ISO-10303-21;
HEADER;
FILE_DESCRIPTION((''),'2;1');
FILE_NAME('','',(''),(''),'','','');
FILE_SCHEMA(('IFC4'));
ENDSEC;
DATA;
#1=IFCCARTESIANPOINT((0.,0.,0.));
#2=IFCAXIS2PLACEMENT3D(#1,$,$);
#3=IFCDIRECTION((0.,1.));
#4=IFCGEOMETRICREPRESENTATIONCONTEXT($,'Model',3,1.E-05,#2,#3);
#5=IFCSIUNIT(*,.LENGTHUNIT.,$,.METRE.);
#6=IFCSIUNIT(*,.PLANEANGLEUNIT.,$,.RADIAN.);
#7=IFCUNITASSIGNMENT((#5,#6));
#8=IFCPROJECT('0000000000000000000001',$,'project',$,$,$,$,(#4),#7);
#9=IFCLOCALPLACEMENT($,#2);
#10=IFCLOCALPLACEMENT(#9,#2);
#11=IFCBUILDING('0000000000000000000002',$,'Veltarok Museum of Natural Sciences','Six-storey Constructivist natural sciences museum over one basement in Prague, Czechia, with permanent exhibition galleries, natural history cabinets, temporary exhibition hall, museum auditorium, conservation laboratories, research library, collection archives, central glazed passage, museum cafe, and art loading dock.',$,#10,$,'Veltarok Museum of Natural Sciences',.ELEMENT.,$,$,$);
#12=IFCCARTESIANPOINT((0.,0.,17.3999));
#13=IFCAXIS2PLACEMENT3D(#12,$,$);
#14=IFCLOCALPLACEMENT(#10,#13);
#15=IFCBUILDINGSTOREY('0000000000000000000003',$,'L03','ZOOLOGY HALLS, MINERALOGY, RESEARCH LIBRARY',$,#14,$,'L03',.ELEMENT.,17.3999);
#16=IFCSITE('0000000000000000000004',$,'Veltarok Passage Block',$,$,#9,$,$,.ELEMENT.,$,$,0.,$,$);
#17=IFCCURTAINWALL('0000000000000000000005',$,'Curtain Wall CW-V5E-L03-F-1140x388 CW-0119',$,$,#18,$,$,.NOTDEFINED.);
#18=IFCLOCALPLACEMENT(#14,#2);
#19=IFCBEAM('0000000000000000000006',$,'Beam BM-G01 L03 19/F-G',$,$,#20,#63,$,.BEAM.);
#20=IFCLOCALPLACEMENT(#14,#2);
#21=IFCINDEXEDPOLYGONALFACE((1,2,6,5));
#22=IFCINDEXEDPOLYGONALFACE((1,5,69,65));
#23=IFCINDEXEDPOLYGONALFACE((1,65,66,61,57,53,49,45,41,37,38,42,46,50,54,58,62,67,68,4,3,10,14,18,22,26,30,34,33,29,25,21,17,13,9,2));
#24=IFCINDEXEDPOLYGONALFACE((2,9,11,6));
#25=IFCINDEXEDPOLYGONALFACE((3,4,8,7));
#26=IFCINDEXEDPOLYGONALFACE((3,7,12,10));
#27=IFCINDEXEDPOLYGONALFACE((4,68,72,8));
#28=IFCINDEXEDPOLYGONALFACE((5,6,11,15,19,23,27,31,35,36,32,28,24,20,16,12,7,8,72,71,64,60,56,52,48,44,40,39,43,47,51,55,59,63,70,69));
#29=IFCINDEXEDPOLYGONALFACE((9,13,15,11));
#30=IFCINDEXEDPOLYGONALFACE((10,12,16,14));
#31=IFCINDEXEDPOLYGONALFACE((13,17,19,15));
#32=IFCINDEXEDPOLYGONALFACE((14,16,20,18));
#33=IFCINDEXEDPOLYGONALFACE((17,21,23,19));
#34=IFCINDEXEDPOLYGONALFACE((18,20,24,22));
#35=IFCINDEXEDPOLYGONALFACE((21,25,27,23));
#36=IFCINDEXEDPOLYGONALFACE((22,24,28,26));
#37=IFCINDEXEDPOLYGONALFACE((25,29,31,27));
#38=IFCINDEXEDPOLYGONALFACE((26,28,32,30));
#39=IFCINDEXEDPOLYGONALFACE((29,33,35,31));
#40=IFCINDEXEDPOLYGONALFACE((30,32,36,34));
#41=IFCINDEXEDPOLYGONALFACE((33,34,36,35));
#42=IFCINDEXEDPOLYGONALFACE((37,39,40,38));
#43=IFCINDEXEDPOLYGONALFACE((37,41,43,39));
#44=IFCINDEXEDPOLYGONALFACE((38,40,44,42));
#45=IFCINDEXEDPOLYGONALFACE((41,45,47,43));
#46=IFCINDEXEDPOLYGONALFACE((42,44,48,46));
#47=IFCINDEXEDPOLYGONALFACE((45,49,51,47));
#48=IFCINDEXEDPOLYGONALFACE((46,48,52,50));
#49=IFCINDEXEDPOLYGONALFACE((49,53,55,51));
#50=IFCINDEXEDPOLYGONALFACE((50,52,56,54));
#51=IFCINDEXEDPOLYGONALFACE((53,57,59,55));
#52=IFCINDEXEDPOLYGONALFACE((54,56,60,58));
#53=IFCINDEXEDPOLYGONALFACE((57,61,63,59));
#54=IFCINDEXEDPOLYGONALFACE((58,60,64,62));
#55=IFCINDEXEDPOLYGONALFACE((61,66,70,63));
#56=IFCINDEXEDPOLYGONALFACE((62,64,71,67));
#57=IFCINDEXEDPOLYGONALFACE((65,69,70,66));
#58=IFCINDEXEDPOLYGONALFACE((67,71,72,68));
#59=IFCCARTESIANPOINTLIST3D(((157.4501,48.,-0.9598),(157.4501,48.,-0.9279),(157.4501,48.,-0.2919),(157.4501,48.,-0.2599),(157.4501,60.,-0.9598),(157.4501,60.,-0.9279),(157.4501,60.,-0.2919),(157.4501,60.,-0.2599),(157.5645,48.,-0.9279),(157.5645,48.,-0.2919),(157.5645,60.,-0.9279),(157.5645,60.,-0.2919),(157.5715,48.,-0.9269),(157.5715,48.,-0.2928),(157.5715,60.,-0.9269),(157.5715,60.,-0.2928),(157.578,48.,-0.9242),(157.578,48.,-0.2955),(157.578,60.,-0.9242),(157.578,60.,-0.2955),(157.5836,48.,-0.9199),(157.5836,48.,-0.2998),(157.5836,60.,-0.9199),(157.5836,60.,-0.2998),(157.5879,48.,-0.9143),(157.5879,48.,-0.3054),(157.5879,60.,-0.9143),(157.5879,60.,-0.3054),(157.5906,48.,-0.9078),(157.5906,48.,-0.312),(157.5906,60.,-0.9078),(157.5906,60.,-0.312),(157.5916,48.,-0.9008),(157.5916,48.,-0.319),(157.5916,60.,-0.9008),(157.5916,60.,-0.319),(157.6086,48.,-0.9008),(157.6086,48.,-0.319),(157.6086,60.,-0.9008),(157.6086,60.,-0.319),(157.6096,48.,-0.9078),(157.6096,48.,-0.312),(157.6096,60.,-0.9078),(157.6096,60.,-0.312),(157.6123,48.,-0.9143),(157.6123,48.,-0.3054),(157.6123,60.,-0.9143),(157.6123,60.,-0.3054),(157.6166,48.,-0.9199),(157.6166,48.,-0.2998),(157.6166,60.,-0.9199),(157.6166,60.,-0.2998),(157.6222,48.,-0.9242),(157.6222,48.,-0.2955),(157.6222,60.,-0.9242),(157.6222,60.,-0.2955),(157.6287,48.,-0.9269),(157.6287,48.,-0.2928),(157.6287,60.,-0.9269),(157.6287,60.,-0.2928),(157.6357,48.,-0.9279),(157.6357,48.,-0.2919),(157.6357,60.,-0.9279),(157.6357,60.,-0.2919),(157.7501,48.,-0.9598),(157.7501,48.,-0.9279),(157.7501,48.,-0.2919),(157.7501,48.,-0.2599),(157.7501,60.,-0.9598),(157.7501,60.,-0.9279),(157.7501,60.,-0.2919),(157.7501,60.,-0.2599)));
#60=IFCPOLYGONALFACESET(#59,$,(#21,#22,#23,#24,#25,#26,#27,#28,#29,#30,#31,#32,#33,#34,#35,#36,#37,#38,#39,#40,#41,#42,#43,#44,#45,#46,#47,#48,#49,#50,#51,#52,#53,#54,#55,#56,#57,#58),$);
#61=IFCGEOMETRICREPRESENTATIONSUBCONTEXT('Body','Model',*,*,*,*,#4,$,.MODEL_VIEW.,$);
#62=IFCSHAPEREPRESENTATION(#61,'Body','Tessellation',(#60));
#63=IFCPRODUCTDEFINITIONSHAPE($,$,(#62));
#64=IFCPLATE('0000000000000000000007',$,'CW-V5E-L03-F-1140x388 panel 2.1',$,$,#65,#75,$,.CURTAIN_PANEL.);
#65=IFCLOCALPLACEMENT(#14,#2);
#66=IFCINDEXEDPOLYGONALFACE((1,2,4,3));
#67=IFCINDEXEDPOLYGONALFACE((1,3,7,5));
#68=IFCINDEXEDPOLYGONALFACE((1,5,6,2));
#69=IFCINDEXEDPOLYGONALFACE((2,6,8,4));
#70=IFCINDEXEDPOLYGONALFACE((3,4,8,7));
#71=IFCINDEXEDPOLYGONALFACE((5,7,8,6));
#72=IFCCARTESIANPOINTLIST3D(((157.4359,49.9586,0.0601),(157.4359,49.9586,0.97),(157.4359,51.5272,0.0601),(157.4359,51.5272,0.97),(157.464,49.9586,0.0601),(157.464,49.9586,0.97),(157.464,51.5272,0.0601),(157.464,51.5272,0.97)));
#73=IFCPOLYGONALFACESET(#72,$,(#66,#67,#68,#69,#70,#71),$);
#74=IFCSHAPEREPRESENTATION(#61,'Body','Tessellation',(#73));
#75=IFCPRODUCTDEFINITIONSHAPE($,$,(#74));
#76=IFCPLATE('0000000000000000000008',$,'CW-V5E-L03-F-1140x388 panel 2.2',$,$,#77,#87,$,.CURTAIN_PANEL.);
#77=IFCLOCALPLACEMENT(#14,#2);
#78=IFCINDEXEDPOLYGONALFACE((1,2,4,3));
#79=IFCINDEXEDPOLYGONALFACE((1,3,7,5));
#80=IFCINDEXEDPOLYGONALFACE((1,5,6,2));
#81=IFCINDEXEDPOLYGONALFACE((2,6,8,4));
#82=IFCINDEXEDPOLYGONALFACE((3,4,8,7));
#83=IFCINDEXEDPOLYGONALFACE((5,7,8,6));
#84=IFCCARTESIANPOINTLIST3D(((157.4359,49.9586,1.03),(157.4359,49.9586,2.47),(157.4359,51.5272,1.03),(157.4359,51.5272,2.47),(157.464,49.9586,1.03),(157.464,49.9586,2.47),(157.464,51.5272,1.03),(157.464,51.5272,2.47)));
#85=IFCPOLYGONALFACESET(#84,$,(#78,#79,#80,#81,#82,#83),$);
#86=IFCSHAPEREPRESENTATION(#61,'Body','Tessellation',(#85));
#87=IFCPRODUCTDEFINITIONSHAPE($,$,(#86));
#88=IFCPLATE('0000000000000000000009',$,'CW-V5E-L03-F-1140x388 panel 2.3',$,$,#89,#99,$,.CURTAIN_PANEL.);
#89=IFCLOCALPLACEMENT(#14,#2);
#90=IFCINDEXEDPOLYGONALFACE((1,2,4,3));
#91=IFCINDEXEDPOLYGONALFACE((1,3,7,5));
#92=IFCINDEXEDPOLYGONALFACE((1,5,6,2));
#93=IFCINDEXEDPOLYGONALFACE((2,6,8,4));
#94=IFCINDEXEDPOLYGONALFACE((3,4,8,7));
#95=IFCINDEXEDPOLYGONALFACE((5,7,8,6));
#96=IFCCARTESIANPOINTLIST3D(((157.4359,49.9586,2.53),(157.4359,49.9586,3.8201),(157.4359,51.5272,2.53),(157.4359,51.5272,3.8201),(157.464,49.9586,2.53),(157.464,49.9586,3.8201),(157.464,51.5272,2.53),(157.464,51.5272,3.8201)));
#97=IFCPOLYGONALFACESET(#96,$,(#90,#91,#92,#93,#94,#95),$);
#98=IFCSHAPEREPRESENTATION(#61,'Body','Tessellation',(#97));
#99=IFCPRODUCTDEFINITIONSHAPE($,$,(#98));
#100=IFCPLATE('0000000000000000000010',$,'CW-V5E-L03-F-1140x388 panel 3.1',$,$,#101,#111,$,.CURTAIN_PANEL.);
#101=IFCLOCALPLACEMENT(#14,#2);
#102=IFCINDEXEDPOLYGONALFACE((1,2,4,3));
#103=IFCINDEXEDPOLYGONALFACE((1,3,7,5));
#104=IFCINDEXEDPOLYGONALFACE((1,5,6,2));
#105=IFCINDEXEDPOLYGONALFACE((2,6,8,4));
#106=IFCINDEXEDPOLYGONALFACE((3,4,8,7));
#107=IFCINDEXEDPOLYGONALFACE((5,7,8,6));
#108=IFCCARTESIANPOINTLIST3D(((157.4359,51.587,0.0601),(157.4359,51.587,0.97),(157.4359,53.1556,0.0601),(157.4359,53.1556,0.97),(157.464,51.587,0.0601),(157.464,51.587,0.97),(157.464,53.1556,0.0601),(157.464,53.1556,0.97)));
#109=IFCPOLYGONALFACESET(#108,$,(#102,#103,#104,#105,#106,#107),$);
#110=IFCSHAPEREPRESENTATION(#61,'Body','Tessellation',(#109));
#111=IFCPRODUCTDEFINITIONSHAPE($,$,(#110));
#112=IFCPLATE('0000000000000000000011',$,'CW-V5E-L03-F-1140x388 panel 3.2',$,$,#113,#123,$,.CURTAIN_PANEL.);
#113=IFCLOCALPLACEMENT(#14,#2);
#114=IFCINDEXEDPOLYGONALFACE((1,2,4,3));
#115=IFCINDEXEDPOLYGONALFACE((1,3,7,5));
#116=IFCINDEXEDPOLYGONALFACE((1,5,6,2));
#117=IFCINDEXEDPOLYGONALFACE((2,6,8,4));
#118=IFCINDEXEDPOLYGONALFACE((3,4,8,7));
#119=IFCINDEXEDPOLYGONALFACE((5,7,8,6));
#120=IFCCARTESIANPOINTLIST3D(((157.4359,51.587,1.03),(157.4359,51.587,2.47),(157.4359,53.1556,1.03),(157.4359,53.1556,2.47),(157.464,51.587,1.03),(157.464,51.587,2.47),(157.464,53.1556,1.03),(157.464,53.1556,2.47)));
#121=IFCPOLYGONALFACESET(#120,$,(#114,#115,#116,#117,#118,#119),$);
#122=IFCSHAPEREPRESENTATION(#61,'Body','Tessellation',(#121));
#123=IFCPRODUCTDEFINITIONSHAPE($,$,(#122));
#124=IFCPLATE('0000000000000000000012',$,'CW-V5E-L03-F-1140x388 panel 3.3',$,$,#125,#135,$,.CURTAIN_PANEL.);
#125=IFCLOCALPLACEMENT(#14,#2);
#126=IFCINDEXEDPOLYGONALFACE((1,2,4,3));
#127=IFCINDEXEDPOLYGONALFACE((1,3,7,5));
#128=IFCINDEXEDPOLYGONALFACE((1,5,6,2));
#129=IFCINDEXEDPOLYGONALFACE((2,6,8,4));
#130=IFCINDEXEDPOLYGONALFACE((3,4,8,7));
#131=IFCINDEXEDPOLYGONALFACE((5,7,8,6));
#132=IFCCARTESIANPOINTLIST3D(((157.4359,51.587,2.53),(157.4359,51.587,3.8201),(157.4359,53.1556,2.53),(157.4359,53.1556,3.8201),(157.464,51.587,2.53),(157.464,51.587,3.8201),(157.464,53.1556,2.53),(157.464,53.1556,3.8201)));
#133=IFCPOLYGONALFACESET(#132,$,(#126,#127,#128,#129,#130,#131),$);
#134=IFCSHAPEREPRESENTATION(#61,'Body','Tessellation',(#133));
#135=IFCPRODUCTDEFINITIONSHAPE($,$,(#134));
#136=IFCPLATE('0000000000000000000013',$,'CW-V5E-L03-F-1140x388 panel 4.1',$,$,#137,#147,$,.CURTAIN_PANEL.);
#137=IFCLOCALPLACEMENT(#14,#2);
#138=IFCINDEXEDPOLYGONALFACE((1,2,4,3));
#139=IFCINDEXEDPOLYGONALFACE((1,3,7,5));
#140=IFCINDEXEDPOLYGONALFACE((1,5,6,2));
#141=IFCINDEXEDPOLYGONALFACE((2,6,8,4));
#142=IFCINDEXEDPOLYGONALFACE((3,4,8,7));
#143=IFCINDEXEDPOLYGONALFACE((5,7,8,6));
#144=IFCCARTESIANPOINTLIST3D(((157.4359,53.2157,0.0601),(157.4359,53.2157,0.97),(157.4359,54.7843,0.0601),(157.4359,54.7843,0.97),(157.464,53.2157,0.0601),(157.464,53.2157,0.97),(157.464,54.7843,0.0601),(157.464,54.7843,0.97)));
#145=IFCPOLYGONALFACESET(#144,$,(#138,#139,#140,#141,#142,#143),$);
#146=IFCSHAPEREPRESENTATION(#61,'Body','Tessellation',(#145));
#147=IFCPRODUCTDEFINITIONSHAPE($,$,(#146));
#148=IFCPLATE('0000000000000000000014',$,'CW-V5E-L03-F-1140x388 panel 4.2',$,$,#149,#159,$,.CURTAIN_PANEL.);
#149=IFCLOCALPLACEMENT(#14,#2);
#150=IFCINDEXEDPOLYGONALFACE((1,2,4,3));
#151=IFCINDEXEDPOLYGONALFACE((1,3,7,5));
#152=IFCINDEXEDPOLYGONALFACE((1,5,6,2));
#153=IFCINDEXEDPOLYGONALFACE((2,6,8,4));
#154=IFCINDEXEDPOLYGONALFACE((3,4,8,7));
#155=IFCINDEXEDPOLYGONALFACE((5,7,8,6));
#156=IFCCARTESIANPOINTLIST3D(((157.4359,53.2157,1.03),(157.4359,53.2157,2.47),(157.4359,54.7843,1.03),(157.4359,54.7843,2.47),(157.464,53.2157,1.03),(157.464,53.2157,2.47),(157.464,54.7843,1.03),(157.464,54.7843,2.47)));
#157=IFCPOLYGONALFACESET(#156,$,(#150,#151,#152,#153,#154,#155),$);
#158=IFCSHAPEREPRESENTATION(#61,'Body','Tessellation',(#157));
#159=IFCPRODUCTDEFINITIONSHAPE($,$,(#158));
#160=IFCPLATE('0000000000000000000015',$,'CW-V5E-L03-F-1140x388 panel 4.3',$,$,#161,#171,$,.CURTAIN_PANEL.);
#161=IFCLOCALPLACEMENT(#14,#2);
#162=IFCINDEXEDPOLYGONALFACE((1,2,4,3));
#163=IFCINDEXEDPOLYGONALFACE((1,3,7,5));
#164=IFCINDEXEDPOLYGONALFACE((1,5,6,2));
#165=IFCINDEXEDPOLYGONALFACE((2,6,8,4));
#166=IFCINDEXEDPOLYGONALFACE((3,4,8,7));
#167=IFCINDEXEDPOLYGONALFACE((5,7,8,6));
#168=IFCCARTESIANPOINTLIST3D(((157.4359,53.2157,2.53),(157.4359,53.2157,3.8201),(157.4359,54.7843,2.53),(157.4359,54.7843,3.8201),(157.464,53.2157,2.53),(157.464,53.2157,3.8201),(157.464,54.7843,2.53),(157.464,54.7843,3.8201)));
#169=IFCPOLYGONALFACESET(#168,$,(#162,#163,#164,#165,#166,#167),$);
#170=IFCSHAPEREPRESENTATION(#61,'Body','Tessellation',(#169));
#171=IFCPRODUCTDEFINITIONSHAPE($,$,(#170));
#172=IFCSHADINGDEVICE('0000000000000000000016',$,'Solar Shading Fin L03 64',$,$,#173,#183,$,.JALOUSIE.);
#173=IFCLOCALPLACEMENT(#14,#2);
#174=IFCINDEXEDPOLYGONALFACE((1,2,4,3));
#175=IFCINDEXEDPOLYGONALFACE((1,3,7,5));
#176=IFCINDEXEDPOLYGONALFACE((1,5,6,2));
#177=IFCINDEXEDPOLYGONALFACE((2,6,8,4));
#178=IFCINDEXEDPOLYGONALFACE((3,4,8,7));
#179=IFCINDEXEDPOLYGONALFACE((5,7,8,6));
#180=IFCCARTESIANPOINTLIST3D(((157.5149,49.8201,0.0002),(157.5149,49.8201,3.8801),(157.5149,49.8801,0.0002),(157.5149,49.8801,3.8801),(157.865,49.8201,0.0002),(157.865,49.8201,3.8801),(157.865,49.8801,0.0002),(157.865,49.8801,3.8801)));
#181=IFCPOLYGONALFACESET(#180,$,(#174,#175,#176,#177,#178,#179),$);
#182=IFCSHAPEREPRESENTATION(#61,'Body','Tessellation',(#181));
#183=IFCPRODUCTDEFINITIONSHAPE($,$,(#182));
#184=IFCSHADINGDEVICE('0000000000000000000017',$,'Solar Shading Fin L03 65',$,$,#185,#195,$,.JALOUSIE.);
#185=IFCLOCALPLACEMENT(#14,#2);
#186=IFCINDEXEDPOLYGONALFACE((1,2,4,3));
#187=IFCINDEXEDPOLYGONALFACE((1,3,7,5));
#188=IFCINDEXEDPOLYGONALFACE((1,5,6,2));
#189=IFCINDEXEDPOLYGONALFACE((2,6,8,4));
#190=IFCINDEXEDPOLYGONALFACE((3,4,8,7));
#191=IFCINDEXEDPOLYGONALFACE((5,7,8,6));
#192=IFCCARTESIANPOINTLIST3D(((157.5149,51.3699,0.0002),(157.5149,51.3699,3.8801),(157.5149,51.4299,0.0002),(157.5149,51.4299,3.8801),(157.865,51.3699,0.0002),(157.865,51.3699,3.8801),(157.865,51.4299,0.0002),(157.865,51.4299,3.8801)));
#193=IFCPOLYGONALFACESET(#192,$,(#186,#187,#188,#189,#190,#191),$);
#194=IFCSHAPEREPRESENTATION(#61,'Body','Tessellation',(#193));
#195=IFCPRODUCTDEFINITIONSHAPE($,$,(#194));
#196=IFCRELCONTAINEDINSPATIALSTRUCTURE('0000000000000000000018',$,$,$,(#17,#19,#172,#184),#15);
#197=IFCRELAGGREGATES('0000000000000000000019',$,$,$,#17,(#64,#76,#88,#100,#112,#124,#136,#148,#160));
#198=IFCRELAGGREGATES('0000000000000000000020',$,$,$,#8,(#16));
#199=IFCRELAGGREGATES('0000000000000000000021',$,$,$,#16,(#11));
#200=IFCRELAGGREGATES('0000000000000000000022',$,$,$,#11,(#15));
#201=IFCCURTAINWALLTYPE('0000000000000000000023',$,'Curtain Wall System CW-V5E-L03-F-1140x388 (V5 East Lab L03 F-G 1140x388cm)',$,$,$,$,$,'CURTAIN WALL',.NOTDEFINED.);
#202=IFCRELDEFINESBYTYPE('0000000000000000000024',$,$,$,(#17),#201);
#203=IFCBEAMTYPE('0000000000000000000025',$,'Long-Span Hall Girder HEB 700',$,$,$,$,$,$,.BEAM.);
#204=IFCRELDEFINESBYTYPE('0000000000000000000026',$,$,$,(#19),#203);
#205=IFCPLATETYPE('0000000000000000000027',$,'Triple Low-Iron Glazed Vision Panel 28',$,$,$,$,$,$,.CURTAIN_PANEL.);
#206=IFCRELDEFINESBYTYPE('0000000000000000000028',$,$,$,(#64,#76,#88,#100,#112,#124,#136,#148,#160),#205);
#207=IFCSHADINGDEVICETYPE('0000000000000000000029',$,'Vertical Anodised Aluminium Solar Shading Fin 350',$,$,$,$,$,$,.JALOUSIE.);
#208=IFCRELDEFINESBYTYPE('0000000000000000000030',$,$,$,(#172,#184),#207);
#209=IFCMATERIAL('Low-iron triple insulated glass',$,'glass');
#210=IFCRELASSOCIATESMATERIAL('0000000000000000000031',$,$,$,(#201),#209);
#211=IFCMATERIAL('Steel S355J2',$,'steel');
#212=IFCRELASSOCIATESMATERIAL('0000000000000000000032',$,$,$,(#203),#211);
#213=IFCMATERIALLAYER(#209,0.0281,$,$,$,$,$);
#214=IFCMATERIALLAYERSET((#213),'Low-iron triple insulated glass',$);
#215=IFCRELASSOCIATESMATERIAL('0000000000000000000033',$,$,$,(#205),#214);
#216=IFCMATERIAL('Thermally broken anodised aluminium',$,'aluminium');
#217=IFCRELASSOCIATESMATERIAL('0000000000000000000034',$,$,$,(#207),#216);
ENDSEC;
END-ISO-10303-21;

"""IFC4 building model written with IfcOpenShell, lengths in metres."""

from ifc_helpers import new_model, si_unit, direction, frame, origin, origin_2d, place, context, subcontext, project, spatial, rectangle, i_section, extrude, material, layer, layer_set, material_profile, profile_set, type_object, element, aggregate, save


model = new_model("IFC4")

# Units and contexts
model_context = context("Model", 3, precision=1e-05, world=origin(), true_north=direction((0.0, 1.0)))
body_context = subcontext(model_context, "Body", "Model", "MODEL_VIEW")
ifc_project = project(units=[si_unit("LENGTHUNIT", "METRE"), si_unit("PLANEANGLEUNIT", "RADIAN")], contexts=[model_context])

# Site, building, storey
site_placement = place(None, origin())
site = spatial("IfcSite", under=ifc_project, at=site_placement, Name="Veltarok Passage Block", CompositionType="ELEMENT", RefElevation=0.0)
building_placement = place(site_placement, origin())
building = spatial("IfcBuilding", under=site, at=building_placement, Name="Veltarok Museum of Natural Sciences", Description="Six-storey Constructivist natural sciences museum over one basement in Prague, Czechia, with permanent exhibition galleries, natural history cabinets, temporary exhibition hall, museum auditorium, conservation laboratories, research library, collection archives, central glazed passage, museum cafe, and art loading dock.", LongName="Veltarok Museum of Natural Sciences", CompositionType="ELEMENT")
storey_placement = place(building_placement, frame((0.0, 0.0, 17.3999)))
storey = spatial("IfcBuildingStorey", under=building, at=storey_placement, Name="L03", Description="ZOOLOGY HALLS, MINERALOGY, RESEARCH LIBRARY", LongName="L03", CompositionType="ELEMENT", Elevation=17.3999)

# Shared definitions
ifc_material_1 = material(Name="Steel S355J2", Category="steel")

# Curtain wall
ifc_material_2 = material(Name="Low-iron triple insulated glass", Category="glass")
curtain_wall_type = type_object("IfcCurtainWallType", Name="Curtain Wall System CW-V5E-L03-F-1140x388 (V5 East Lab L03 F-G 1140x388cm)", ElementType="CURTAIN WALL", PredefinedType="NOTDEFINED", material=ifc_material_2)
curtain_wall_placement = place(storey_placement, origin())
curtain_wall = element("IfcCurtainWall", 1, at=curtain_wall_placement, inside=storey, type_object=curtain_wall_type, Name="Curtain Wall CW-V5E-L03-F-1140x388 CW-0119", PredefinedType="NOTDEFINED")
ifc_material_3 = material(Name="Thermally broken anodised aluminium", Category="aluminium")

# Beam
ifc_material_profile_1 = material_profile(ifc_material_1, i_section(OverallWidth=0.3, OverallDepth=0.7, WebThickness=0.0171, FlangeThickness=0.032, FilletRadius=0.0271, at=origin_2d()), Name="HEB 700")
ifc_profile_set_1 = profile_set([ifc_material_profile_1], Name="Steel S355J2")
beam_type_1 = type_object("IfcBeamType", Name="Long-Span Hall Girder HEB 700", PredefinedType="BEAM", material=ifc_profile_set_1)
beam_1_placement = place(storey_placement, frame((157.6001, 48.0, -0.6099), z_axis=(0.0, 1.0, 0.0), x_axis=(-1.0, 0.0, 0.0)))
element("IfcBeam", 2, at=beam_1_placement, inside=storey, type_object=beam_type_1, Name="Beam BM-G01 L03 19/F-G", PredefinedType="BEAM", context=body_context, shape_type="SweptSolid", body=[
    extrude(i_section(OverallWidth=0.3, OverallDepth=0.7, WebThickness=0.0171, FlangeThickness=0.032, FilletRadius=0.0271, at=origin_2d()), origin(), (0.0, 0.0, 1.0), 12.0),
])

# Plates
ifc_layer = layer(ifc_material_2, 0.0281)
ifc_layer_set = layer_set([ifc_layer], Name="Low-iron triple insulated glass")
plate_type = type_object("IfcPlateType", Name="Triple Low-Iron Glazed Vision Panel 28", PredefinedType="CURTAIN_PANEL", material=ifc_layer_set)
plate_1_placement = place(storey_placement, frame((157.45, 50.7429, 0.0601), z_axis=(0.0, 0.0, 1.0), x_axis=(0.0, 1.0, 0.0)))
plate_1 = element("IfcPlate", 3, at=plate_1_placement, type_object=plate_type, Name="CW-V5E-L03-F-1140x388 panel 2.1", PredefinedType="CURTAIN_PANEL", context=body_context, shape_type="SweptSolid", body=[
    extrude(rectangle(XDim=1.5686, YDim=0.0281, at=origin_2d()), origin(), (0.0, 0.0, 1.0), 0.9099),
])
plate_2_placement = place(storey_placement, frame((157.45, 50.7429, 1.03), z_axis=(0.0, 0.0, 1.0), x_axis=(0.0, 1.0, 0.0)))
plate_2 = element("IfcPlate", 4, at=plate_2_placement, type_object=plate_type, Name="CW-V5E-L03-F-1140x388 panel 2.2", PredefinedType="CURTAIN_PANEL", context=body_context, shape_type="SweptSolid", body=[
    extrude(rectangle(XDim=1.5686, YDim=0.0281, at=origin_2d()), origin(), (0.0, 0.0, 1.0), 1.4399),
])
plate_3_placement = place(storey_placement, frame((157.45, 50.7429, 2.53), z_axis=(0.0, 0.0, 1.0), x_axis=(0.0, 1.0, 0.0)))
plate_3 = element("IfcPlate", 5, at=plate_3_placement, type_object=plate_type, Name="CW-V5E-L03-F-1140x388 panel 2.3", PredefinedType="CURTAIN_PANEL", context=body_context, shape_type="SweptSolid", body=[
    extrude(rectangle(XDim=1.5686, YDim=0.0281, at=origin_2d()), origin(), (0.0, 0.0, 1.0), 1.29),
])
plate_4_placement = place(storey_placement, frame((157.45, 52.3713, 0.0601), z_axis=(0.0, 0.0, 1.0), x_axis=(0.0, 1.0, 0.0)))
plate_4 = element("IfcPlate", 6, at=plate_4_placement, type_object=plate_type, Name="CW-V5E-L03-F-1140x388 panel 3.1", PredefinedType="CURTAIN_PANEL", context=body_context, shape_type="SweptSolid", body=[
    extrude(rectangle(XDim=1.5686, YDim=0.0281, at=origin_2d()), origin(), (0.0, 0.0, 1.0), 0.9099),
])
plate_5_placement = place(storey_placement, frame((157.45, 52.3713, 1.03), z_axis=(0.0, 0.0, 1.0), x_axis=(0.0, 1.0, 0.0)))
plate_5 = element("IfcPlate", 7, at=plate_5_placement, type_object=plate_type, Name="CW-V5E-L03-F-1140x388 panel 3.2", PredefinedType="CURTAIN_PANEL", context=body_context, shape_type="SweptSolid", body=[
    extrude(rectangle(XDim=1.5686, YDim=0.0281, at=origin_2d()), origin(), (0.0, 0.0, 1.0), 1.4399),
])
plate_6_placement = place(storey_placement, frame((157.45, 52.3713, 2.53), z_axis=(0.0, 0.0, 1.0), x_axis=(0.0, 1.0, 0.0)))
plate_6 = element("IfcPlate", 8, at=plate_6_placement, type_object=plate_type, Name="CW-V5E-L03-F-1140x388 panel 3.3", PredefinedType="CURTAIN_PANEL", context=body_context, shape_type="SweptSolid", body=[
    extrude(rectangle(XDim=1.5686, YDim=0.0281, at=origin_2d()), origin(), (0.0, 0.0, 1.0), 1.29),
])
plate_7_placement = place(storey_placement, frame((157.45, 54.0, 0.0601), z_axis=(0.0, 0.0, 1.0), x_axis=(0.0, 1.0, 0.0)))
plate_7 = element("IfcPlate", 9, at=plate_7_placement, type_object=plate_type, Name="CW-V5E-L03-F-1140x388 panel 4.1", PredefinedType="CURTAIN_PANEL", context=body_context, shape_type="SweptSolid", body=[
    extrude(rectangle(XDim=1.5686, YDim=0.0281, at=origin_2d()), origin(), (0.0, 0.0, 1.0), 0.9099),
])
plate_8_placement = place(storey_placement, frame((157.45, 54.0, 1.03), z_axis=(0.0, 0.0, 1.0), x_axis=(0.0, 1.0, 0.0)))
plate_8 = element("IfcPlate", 10, at=plate_8_placement, type_object=plate_type, Name="CW-V5E-L03-F-1140x388 panel 4.2", PredefinedType="CURTAIN_PANEL", context=body_context, shape_type="SweptSolid", body=[
    extrude(rectangle(XDim=1.5686, YDim=0.0281, at=origin_2d()), origin(), (0.0, 0.0, 1.0), 1.4399),
])
plate_9_placement = place(storey_placement, frame((157.45, 54.0, 2.53), z_axis=(0.0, 0.0, 1.0), x_axis=(0.0, 1.0, 0.0)))
plate_9 = element("IfcPlate", 11, at=plate_9_placement, type_object=plate_type, Name="CW-V5E-L03-F-1140x388 panel 4.3", PredefinedType="CURTAIN_PANEL", context=body_context, shape_type="SweptSolid", body=[
    extrude(rectangle(XDim=1.5686, YDim=0.0281, at=origin_2d()), origin(), (0.0, 0.0, 1.0), 1.29),
])
aggregate(curtain_wall, [plate_1, plate_2, plate_3, plate_4, plate_5, plate_6, plate_7, plate_8, plate_9])

# Shading devices
shading_device_type = type_object("IfcShadingDeviceType", Name="Vertical Anodised Aluminium Solar Shading Fin 350", PredefinedType="JALOUSIE", material=ifc_material_3)
for number, where, z_axis, x_axis, name in (
    (12, (157.6899, 49.8501, 0.0002), (0.0, 0.0, 1.0), (1.0, 0.0, 0.0), "Solar Shading Fin L03 64"),
    (13, (157.6899, 51.3999, 0.0002), (0.0, 0.0, 1.0), (1.0, 0.0, 0.0), "Solar Shading Fin L03 65"),
):
    element("IfcShadingDevice", number, at=place(storey_placement, frame(where, z_axis=z_axis, x_axis=x_axis)), inside=storey, type_object=shading_device_type, Name=name, PredefinedType="JALOUSIE", context=body_context, shape_type="SweptSolid", body=[
        extrude(rectangle(XDim=0.3501, YDim=0.0601, at=origin_2d()), origin(), (0.0, 0.0, 1.0), 3.8799),
    ])

save(model, "model.ifc")
